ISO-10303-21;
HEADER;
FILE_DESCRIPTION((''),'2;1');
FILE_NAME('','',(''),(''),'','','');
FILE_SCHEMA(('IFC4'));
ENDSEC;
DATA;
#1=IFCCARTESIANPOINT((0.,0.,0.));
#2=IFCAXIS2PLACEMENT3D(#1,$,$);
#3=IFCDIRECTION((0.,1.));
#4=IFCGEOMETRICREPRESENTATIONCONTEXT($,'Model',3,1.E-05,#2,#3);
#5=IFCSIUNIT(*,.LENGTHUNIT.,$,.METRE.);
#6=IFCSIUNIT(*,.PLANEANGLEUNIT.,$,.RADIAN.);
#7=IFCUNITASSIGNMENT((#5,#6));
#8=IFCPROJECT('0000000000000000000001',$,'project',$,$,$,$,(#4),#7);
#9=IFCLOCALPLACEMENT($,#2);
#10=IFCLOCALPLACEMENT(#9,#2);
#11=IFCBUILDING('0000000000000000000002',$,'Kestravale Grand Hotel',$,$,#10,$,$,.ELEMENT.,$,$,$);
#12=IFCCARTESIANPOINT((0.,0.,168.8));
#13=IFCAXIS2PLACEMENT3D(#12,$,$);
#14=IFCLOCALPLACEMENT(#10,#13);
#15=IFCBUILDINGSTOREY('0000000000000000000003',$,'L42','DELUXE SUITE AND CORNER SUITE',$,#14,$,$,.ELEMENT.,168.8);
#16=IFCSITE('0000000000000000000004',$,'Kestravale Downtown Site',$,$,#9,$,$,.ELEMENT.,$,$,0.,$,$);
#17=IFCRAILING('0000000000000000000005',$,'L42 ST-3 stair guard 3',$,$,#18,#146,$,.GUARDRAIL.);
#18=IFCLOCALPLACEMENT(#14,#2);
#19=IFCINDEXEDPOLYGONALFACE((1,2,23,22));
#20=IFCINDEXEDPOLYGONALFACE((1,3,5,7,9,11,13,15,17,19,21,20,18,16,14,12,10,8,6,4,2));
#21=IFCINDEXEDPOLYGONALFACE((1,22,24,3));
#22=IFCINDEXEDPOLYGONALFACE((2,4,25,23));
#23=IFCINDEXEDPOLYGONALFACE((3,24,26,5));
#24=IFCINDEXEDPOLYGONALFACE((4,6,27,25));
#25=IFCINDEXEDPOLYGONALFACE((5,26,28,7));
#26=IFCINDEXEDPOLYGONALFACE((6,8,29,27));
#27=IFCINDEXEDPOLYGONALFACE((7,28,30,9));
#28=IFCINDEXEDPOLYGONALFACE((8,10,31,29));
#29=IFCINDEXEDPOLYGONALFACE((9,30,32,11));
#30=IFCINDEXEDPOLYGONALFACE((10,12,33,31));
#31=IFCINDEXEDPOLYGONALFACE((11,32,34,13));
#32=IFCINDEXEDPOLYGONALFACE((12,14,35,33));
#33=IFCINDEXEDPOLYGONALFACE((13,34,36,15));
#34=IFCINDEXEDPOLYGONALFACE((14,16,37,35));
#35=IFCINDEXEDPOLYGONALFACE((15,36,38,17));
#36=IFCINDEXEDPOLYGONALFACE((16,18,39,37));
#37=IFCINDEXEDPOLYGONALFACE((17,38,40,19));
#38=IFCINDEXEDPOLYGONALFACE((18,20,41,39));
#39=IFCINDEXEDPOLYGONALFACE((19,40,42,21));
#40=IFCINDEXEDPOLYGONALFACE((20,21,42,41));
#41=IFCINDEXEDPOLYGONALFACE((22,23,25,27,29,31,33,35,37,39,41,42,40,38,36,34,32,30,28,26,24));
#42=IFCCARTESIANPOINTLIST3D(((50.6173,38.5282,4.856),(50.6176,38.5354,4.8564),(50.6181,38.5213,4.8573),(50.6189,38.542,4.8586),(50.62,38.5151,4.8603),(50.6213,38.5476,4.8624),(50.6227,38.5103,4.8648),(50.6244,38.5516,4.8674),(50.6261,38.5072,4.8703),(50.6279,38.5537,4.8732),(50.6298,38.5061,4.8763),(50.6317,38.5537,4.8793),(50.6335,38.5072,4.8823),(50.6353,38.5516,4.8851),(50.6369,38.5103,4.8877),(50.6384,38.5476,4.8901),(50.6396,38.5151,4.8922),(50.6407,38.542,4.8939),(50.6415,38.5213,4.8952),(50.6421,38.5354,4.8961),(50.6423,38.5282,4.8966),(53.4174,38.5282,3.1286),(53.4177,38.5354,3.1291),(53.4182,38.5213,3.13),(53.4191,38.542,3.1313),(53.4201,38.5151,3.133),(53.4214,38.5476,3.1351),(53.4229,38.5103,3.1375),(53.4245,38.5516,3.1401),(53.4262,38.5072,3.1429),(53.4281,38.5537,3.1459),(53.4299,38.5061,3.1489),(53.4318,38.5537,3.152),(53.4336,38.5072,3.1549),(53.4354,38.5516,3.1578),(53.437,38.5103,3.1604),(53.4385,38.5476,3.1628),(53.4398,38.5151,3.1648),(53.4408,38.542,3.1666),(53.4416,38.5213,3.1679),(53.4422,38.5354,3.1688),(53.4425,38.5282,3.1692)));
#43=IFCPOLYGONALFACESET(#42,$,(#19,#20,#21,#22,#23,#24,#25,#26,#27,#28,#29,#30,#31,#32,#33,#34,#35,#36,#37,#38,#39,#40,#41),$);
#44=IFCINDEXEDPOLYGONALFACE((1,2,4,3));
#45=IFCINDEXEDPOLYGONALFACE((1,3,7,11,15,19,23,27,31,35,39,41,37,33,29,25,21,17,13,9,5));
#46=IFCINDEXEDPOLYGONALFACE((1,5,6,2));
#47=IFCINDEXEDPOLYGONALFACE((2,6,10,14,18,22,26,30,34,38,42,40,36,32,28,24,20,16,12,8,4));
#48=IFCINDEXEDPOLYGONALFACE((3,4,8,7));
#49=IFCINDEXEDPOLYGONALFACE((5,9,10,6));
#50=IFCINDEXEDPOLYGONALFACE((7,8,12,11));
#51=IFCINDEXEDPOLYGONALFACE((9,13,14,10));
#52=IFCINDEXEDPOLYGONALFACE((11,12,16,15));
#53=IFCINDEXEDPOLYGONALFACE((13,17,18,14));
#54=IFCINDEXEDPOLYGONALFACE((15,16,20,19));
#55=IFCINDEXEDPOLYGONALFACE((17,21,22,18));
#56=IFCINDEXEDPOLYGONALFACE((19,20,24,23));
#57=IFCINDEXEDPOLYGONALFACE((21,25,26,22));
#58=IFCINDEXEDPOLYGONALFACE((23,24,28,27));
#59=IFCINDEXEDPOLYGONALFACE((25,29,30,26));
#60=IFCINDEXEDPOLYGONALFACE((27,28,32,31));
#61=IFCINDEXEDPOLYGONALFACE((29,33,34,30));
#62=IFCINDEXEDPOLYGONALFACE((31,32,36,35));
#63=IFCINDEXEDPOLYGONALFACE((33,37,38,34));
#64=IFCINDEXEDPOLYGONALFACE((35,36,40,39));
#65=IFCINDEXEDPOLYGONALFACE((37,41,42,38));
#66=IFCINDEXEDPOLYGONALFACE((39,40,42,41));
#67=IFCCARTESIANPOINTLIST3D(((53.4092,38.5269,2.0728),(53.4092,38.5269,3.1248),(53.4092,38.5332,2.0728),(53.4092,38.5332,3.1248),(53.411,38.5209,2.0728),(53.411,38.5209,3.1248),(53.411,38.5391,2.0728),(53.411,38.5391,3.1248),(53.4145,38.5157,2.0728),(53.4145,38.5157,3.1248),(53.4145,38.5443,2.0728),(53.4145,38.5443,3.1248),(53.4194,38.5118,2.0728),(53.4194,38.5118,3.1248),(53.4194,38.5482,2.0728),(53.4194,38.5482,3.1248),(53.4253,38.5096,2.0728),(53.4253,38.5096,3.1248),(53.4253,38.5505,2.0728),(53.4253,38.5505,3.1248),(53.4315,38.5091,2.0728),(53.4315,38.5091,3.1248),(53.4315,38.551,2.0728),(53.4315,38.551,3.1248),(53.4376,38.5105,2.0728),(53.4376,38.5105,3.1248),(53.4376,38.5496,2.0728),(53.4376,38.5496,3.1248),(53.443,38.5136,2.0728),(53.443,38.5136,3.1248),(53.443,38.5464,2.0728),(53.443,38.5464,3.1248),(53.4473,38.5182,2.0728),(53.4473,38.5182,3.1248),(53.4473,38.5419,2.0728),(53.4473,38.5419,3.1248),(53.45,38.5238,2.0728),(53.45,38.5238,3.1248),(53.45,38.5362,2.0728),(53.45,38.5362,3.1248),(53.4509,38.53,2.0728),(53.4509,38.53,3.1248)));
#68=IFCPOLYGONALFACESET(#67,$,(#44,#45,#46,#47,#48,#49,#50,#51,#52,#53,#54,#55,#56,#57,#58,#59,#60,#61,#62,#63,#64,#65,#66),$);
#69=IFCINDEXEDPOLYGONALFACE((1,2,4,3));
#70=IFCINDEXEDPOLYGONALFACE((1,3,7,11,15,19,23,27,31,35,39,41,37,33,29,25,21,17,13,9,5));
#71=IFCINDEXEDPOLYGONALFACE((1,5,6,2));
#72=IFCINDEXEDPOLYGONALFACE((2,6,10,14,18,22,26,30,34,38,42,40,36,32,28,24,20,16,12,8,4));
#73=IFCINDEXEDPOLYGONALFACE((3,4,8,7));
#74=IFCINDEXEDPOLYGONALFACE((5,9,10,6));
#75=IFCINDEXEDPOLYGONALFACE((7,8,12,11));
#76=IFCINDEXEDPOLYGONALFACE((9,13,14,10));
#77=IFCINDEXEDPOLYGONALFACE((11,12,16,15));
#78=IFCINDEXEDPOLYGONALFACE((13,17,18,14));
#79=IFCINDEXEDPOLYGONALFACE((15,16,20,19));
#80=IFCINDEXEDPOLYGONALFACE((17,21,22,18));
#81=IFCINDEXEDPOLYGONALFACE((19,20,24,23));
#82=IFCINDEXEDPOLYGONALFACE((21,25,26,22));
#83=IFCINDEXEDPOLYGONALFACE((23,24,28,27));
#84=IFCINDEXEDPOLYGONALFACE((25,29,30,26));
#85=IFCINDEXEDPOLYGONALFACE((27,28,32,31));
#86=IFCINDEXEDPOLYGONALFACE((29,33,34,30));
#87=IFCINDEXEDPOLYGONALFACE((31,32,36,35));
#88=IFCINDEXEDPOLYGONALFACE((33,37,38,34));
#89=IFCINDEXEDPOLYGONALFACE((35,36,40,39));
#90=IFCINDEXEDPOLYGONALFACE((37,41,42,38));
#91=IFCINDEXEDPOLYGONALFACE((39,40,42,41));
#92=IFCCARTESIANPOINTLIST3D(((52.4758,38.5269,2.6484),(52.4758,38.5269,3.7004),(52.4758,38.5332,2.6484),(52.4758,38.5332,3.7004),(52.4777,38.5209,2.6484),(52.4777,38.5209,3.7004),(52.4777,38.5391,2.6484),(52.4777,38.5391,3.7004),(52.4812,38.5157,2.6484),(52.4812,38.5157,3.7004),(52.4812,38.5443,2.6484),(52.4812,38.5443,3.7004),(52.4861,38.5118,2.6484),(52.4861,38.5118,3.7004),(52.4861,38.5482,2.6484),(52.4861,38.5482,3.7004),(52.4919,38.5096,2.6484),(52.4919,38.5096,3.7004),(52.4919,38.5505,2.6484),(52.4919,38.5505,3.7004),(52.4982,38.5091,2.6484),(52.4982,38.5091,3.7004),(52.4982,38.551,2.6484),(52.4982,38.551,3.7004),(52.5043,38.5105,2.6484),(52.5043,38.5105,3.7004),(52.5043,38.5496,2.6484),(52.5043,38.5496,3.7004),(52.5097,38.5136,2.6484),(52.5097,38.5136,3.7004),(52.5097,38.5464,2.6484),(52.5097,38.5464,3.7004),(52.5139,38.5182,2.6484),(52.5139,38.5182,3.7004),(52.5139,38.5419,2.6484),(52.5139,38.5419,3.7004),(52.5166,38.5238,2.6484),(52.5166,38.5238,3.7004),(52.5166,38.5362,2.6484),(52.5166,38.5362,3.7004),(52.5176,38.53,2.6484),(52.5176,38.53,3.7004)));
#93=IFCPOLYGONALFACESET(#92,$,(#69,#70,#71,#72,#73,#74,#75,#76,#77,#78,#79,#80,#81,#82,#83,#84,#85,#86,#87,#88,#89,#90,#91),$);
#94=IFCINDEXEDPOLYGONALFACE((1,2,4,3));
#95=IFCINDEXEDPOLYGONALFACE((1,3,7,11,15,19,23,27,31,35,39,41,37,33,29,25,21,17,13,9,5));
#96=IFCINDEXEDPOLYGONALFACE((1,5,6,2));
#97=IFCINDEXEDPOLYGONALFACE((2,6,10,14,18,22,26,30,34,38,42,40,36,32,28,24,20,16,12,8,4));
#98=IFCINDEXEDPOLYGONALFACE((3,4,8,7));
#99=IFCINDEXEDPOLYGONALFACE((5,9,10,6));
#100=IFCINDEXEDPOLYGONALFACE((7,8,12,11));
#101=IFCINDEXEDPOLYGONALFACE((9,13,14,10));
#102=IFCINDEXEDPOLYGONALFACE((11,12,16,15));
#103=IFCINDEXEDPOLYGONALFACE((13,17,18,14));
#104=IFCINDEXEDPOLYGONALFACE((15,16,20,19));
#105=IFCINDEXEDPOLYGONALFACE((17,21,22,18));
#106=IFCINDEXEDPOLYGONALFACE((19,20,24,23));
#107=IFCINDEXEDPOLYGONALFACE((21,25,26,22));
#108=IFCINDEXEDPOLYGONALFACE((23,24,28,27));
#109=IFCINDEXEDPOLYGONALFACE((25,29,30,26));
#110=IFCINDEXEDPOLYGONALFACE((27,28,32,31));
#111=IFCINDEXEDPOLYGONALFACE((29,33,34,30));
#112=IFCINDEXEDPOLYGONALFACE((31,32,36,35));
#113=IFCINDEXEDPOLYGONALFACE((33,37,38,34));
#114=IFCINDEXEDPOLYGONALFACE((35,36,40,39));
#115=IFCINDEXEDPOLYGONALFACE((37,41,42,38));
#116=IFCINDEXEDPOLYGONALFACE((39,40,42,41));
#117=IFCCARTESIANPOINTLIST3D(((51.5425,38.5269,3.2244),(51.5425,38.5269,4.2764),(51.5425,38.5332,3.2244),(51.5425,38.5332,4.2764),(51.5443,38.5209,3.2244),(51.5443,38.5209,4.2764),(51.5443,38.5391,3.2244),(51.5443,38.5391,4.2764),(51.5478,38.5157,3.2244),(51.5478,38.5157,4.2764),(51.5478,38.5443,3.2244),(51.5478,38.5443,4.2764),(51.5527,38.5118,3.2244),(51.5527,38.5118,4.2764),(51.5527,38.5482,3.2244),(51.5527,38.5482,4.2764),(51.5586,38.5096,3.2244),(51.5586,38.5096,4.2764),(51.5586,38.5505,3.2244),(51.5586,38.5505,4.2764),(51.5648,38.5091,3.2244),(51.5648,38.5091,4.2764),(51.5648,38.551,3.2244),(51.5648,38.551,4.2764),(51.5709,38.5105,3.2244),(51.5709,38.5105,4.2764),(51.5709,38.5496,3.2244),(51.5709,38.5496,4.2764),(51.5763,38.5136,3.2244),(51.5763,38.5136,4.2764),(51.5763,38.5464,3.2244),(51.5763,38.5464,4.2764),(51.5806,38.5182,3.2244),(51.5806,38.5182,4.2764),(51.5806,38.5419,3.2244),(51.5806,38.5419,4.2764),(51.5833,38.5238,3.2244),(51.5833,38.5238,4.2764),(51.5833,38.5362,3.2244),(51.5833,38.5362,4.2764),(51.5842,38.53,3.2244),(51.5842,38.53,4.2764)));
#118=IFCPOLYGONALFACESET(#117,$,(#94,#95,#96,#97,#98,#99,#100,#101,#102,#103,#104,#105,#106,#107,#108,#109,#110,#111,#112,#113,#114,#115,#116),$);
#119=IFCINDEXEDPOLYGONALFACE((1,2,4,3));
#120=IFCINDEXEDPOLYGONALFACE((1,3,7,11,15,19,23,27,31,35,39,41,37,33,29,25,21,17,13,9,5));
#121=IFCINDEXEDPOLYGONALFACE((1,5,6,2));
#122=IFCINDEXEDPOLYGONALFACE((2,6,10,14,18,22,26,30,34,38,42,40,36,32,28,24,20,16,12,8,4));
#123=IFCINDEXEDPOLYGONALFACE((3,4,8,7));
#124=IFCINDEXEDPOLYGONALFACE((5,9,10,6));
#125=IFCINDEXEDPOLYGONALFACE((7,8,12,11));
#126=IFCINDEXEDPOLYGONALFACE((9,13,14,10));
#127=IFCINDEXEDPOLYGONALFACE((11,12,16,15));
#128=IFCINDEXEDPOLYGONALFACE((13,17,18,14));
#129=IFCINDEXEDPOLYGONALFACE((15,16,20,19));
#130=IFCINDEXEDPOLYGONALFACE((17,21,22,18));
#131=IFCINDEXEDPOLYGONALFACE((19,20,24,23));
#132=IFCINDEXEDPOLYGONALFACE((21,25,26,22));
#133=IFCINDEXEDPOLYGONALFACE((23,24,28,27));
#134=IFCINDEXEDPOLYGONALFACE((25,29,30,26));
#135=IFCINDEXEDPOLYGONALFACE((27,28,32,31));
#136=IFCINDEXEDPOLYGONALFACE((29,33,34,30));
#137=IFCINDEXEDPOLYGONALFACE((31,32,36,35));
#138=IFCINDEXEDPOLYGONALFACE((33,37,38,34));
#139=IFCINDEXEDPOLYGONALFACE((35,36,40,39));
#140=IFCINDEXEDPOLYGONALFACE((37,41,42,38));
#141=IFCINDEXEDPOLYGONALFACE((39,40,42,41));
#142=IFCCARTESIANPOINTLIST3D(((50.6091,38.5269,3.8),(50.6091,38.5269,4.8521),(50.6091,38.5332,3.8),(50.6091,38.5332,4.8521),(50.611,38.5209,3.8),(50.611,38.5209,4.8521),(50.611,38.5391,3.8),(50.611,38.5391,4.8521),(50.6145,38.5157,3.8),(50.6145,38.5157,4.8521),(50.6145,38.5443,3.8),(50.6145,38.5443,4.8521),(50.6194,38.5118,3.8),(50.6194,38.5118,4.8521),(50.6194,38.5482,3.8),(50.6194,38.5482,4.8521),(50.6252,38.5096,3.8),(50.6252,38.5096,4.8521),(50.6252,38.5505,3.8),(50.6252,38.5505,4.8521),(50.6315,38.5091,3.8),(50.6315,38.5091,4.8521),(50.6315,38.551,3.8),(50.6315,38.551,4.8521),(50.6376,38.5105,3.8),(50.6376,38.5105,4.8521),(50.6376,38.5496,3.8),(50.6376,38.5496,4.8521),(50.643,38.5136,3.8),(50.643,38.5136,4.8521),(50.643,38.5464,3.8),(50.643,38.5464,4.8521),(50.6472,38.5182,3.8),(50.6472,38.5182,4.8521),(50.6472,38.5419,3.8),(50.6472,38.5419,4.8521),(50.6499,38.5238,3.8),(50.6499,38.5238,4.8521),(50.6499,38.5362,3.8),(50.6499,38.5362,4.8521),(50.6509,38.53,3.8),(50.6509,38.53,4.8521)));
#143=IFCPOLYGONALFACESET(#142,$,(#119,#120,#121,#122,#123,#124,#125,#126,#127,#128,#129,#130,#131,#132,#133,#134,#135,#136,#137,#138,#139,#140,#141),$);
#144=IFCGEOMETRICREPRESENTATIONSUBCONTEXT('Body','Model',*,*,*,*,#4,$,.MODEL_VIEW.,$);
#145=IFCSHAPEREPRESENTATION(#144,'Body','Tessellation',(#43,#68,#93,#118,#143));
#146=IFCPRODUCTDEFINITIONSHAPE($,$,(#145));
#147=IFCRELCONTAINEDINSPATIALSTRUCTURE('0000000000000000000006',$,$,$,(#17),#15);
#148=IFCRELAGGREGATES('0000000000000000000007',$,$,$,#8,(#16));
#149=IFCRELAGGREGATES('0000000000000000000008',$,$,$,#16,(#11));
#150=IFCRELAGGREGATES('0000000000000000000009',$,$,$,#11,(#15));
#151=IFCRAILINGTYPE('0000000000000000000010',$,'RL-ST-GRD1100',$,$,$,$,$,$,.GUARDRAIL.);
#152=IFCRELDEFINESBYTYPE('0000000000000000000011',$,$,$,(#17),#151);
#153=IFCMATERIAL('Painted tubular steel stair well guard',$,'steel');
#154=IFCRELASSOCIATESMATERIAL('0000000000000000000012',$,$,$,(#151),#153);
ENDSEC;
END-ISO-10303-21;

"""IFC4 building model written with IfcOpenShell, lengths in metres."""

from ifc_helpers import new_model, si_unit, direction, frame, origin, origin_2d, place, context, subcontext, project, spatial, circle, extrude, material, type_object, element, save


model = new_model("IFC4")

# Units and contexts
model_context = context("Model", 3, precision=1e-05, world=origin(), true_north=direction((0.0, 1.0)))
body_context = subcontext(model_context, "Body", "Model", "MODEL_VIEW")
ifc_project = project(units=[si_unit("LENGTHUNIT", "METRE"), si_unit("PLANEANGLEUNIT", "RADIAN")], contexts=[model_context])

# Site, building, storey
site_placement = place(None, origin())
site = spatial("IfcSite", under=ifc_project, at=site_placement, Name="Kestravale Downtown Site", CompositionType="ELEMENT", RefElevation=0.0)
building_placement = place(site_placement, origin())
building = spatial("IfcBuilding", under=site, at=building_placement, Name="Kestravale Grand Hotel", CompositionType="ELEMENT")
storey_placement = place(building_placement, frame((0.0, 0.0, 168.8)))
storey = spatial("IfcBuildingStorey", under=building, at=storey_placement, Name="L42", Description="DELUXE SUITE AND CORNER SUITE", CompositionType="ELEMENT", Elevation=168.8)

# Railing
ifc_material_1 = material(Name="Painted tubular steel stair well guard", Category="steel")
railing_type_1 = type_object("IfcRailingType", Name="RL-ST-GRD1100", PredefinedType="GUARDRAIL", material=ifc_material_1)
railing_1_placement = place(storey_placement, frame((53.4299, 38.53, 2.0728)))
element("IfcRailing", 1, at=railing_1_placement, inside=storey, type_object=railing_type_1, Name="L42 ST-3 stair guard 3", PredefinedType="GUARDRAIL", context=body_context, shape_type="SweptSolid", body=[
    extrude(circle(Radius=0.0239, at=origin_2d()), frame((0.0, 0.0, 1.0762), z_axis=(-0.85109, 0.0, 0.52502), x_axis=(0.0, -1.0, 0.0)), (0.0, 0.0, 1.0), 3.29),
    extrude(circle(Radius=0.021, at=origin_2d()), origin(), (0.0, 0.0, 1.0), 1.052),
    extrude(circle(Radius=0.021, at=origin_2d()), frame((-0.9333, 0.0, 0.5757)), (0.0, 0.0, 1.0), 1.052),
    extrude(circle(Radius=0.021, at=origin_2d()), frame((-1.8667, 0.0, 1.1516)), (0.0, 0.0, 1.0), 1.052),
    extrude(circle(Radius=0.021, at=origin_2d()), frame((-2.8, 0.0, 1.7273)), (0.0, 0.0, 1.0), 1.052),
])

save(model, "model.ifc")
